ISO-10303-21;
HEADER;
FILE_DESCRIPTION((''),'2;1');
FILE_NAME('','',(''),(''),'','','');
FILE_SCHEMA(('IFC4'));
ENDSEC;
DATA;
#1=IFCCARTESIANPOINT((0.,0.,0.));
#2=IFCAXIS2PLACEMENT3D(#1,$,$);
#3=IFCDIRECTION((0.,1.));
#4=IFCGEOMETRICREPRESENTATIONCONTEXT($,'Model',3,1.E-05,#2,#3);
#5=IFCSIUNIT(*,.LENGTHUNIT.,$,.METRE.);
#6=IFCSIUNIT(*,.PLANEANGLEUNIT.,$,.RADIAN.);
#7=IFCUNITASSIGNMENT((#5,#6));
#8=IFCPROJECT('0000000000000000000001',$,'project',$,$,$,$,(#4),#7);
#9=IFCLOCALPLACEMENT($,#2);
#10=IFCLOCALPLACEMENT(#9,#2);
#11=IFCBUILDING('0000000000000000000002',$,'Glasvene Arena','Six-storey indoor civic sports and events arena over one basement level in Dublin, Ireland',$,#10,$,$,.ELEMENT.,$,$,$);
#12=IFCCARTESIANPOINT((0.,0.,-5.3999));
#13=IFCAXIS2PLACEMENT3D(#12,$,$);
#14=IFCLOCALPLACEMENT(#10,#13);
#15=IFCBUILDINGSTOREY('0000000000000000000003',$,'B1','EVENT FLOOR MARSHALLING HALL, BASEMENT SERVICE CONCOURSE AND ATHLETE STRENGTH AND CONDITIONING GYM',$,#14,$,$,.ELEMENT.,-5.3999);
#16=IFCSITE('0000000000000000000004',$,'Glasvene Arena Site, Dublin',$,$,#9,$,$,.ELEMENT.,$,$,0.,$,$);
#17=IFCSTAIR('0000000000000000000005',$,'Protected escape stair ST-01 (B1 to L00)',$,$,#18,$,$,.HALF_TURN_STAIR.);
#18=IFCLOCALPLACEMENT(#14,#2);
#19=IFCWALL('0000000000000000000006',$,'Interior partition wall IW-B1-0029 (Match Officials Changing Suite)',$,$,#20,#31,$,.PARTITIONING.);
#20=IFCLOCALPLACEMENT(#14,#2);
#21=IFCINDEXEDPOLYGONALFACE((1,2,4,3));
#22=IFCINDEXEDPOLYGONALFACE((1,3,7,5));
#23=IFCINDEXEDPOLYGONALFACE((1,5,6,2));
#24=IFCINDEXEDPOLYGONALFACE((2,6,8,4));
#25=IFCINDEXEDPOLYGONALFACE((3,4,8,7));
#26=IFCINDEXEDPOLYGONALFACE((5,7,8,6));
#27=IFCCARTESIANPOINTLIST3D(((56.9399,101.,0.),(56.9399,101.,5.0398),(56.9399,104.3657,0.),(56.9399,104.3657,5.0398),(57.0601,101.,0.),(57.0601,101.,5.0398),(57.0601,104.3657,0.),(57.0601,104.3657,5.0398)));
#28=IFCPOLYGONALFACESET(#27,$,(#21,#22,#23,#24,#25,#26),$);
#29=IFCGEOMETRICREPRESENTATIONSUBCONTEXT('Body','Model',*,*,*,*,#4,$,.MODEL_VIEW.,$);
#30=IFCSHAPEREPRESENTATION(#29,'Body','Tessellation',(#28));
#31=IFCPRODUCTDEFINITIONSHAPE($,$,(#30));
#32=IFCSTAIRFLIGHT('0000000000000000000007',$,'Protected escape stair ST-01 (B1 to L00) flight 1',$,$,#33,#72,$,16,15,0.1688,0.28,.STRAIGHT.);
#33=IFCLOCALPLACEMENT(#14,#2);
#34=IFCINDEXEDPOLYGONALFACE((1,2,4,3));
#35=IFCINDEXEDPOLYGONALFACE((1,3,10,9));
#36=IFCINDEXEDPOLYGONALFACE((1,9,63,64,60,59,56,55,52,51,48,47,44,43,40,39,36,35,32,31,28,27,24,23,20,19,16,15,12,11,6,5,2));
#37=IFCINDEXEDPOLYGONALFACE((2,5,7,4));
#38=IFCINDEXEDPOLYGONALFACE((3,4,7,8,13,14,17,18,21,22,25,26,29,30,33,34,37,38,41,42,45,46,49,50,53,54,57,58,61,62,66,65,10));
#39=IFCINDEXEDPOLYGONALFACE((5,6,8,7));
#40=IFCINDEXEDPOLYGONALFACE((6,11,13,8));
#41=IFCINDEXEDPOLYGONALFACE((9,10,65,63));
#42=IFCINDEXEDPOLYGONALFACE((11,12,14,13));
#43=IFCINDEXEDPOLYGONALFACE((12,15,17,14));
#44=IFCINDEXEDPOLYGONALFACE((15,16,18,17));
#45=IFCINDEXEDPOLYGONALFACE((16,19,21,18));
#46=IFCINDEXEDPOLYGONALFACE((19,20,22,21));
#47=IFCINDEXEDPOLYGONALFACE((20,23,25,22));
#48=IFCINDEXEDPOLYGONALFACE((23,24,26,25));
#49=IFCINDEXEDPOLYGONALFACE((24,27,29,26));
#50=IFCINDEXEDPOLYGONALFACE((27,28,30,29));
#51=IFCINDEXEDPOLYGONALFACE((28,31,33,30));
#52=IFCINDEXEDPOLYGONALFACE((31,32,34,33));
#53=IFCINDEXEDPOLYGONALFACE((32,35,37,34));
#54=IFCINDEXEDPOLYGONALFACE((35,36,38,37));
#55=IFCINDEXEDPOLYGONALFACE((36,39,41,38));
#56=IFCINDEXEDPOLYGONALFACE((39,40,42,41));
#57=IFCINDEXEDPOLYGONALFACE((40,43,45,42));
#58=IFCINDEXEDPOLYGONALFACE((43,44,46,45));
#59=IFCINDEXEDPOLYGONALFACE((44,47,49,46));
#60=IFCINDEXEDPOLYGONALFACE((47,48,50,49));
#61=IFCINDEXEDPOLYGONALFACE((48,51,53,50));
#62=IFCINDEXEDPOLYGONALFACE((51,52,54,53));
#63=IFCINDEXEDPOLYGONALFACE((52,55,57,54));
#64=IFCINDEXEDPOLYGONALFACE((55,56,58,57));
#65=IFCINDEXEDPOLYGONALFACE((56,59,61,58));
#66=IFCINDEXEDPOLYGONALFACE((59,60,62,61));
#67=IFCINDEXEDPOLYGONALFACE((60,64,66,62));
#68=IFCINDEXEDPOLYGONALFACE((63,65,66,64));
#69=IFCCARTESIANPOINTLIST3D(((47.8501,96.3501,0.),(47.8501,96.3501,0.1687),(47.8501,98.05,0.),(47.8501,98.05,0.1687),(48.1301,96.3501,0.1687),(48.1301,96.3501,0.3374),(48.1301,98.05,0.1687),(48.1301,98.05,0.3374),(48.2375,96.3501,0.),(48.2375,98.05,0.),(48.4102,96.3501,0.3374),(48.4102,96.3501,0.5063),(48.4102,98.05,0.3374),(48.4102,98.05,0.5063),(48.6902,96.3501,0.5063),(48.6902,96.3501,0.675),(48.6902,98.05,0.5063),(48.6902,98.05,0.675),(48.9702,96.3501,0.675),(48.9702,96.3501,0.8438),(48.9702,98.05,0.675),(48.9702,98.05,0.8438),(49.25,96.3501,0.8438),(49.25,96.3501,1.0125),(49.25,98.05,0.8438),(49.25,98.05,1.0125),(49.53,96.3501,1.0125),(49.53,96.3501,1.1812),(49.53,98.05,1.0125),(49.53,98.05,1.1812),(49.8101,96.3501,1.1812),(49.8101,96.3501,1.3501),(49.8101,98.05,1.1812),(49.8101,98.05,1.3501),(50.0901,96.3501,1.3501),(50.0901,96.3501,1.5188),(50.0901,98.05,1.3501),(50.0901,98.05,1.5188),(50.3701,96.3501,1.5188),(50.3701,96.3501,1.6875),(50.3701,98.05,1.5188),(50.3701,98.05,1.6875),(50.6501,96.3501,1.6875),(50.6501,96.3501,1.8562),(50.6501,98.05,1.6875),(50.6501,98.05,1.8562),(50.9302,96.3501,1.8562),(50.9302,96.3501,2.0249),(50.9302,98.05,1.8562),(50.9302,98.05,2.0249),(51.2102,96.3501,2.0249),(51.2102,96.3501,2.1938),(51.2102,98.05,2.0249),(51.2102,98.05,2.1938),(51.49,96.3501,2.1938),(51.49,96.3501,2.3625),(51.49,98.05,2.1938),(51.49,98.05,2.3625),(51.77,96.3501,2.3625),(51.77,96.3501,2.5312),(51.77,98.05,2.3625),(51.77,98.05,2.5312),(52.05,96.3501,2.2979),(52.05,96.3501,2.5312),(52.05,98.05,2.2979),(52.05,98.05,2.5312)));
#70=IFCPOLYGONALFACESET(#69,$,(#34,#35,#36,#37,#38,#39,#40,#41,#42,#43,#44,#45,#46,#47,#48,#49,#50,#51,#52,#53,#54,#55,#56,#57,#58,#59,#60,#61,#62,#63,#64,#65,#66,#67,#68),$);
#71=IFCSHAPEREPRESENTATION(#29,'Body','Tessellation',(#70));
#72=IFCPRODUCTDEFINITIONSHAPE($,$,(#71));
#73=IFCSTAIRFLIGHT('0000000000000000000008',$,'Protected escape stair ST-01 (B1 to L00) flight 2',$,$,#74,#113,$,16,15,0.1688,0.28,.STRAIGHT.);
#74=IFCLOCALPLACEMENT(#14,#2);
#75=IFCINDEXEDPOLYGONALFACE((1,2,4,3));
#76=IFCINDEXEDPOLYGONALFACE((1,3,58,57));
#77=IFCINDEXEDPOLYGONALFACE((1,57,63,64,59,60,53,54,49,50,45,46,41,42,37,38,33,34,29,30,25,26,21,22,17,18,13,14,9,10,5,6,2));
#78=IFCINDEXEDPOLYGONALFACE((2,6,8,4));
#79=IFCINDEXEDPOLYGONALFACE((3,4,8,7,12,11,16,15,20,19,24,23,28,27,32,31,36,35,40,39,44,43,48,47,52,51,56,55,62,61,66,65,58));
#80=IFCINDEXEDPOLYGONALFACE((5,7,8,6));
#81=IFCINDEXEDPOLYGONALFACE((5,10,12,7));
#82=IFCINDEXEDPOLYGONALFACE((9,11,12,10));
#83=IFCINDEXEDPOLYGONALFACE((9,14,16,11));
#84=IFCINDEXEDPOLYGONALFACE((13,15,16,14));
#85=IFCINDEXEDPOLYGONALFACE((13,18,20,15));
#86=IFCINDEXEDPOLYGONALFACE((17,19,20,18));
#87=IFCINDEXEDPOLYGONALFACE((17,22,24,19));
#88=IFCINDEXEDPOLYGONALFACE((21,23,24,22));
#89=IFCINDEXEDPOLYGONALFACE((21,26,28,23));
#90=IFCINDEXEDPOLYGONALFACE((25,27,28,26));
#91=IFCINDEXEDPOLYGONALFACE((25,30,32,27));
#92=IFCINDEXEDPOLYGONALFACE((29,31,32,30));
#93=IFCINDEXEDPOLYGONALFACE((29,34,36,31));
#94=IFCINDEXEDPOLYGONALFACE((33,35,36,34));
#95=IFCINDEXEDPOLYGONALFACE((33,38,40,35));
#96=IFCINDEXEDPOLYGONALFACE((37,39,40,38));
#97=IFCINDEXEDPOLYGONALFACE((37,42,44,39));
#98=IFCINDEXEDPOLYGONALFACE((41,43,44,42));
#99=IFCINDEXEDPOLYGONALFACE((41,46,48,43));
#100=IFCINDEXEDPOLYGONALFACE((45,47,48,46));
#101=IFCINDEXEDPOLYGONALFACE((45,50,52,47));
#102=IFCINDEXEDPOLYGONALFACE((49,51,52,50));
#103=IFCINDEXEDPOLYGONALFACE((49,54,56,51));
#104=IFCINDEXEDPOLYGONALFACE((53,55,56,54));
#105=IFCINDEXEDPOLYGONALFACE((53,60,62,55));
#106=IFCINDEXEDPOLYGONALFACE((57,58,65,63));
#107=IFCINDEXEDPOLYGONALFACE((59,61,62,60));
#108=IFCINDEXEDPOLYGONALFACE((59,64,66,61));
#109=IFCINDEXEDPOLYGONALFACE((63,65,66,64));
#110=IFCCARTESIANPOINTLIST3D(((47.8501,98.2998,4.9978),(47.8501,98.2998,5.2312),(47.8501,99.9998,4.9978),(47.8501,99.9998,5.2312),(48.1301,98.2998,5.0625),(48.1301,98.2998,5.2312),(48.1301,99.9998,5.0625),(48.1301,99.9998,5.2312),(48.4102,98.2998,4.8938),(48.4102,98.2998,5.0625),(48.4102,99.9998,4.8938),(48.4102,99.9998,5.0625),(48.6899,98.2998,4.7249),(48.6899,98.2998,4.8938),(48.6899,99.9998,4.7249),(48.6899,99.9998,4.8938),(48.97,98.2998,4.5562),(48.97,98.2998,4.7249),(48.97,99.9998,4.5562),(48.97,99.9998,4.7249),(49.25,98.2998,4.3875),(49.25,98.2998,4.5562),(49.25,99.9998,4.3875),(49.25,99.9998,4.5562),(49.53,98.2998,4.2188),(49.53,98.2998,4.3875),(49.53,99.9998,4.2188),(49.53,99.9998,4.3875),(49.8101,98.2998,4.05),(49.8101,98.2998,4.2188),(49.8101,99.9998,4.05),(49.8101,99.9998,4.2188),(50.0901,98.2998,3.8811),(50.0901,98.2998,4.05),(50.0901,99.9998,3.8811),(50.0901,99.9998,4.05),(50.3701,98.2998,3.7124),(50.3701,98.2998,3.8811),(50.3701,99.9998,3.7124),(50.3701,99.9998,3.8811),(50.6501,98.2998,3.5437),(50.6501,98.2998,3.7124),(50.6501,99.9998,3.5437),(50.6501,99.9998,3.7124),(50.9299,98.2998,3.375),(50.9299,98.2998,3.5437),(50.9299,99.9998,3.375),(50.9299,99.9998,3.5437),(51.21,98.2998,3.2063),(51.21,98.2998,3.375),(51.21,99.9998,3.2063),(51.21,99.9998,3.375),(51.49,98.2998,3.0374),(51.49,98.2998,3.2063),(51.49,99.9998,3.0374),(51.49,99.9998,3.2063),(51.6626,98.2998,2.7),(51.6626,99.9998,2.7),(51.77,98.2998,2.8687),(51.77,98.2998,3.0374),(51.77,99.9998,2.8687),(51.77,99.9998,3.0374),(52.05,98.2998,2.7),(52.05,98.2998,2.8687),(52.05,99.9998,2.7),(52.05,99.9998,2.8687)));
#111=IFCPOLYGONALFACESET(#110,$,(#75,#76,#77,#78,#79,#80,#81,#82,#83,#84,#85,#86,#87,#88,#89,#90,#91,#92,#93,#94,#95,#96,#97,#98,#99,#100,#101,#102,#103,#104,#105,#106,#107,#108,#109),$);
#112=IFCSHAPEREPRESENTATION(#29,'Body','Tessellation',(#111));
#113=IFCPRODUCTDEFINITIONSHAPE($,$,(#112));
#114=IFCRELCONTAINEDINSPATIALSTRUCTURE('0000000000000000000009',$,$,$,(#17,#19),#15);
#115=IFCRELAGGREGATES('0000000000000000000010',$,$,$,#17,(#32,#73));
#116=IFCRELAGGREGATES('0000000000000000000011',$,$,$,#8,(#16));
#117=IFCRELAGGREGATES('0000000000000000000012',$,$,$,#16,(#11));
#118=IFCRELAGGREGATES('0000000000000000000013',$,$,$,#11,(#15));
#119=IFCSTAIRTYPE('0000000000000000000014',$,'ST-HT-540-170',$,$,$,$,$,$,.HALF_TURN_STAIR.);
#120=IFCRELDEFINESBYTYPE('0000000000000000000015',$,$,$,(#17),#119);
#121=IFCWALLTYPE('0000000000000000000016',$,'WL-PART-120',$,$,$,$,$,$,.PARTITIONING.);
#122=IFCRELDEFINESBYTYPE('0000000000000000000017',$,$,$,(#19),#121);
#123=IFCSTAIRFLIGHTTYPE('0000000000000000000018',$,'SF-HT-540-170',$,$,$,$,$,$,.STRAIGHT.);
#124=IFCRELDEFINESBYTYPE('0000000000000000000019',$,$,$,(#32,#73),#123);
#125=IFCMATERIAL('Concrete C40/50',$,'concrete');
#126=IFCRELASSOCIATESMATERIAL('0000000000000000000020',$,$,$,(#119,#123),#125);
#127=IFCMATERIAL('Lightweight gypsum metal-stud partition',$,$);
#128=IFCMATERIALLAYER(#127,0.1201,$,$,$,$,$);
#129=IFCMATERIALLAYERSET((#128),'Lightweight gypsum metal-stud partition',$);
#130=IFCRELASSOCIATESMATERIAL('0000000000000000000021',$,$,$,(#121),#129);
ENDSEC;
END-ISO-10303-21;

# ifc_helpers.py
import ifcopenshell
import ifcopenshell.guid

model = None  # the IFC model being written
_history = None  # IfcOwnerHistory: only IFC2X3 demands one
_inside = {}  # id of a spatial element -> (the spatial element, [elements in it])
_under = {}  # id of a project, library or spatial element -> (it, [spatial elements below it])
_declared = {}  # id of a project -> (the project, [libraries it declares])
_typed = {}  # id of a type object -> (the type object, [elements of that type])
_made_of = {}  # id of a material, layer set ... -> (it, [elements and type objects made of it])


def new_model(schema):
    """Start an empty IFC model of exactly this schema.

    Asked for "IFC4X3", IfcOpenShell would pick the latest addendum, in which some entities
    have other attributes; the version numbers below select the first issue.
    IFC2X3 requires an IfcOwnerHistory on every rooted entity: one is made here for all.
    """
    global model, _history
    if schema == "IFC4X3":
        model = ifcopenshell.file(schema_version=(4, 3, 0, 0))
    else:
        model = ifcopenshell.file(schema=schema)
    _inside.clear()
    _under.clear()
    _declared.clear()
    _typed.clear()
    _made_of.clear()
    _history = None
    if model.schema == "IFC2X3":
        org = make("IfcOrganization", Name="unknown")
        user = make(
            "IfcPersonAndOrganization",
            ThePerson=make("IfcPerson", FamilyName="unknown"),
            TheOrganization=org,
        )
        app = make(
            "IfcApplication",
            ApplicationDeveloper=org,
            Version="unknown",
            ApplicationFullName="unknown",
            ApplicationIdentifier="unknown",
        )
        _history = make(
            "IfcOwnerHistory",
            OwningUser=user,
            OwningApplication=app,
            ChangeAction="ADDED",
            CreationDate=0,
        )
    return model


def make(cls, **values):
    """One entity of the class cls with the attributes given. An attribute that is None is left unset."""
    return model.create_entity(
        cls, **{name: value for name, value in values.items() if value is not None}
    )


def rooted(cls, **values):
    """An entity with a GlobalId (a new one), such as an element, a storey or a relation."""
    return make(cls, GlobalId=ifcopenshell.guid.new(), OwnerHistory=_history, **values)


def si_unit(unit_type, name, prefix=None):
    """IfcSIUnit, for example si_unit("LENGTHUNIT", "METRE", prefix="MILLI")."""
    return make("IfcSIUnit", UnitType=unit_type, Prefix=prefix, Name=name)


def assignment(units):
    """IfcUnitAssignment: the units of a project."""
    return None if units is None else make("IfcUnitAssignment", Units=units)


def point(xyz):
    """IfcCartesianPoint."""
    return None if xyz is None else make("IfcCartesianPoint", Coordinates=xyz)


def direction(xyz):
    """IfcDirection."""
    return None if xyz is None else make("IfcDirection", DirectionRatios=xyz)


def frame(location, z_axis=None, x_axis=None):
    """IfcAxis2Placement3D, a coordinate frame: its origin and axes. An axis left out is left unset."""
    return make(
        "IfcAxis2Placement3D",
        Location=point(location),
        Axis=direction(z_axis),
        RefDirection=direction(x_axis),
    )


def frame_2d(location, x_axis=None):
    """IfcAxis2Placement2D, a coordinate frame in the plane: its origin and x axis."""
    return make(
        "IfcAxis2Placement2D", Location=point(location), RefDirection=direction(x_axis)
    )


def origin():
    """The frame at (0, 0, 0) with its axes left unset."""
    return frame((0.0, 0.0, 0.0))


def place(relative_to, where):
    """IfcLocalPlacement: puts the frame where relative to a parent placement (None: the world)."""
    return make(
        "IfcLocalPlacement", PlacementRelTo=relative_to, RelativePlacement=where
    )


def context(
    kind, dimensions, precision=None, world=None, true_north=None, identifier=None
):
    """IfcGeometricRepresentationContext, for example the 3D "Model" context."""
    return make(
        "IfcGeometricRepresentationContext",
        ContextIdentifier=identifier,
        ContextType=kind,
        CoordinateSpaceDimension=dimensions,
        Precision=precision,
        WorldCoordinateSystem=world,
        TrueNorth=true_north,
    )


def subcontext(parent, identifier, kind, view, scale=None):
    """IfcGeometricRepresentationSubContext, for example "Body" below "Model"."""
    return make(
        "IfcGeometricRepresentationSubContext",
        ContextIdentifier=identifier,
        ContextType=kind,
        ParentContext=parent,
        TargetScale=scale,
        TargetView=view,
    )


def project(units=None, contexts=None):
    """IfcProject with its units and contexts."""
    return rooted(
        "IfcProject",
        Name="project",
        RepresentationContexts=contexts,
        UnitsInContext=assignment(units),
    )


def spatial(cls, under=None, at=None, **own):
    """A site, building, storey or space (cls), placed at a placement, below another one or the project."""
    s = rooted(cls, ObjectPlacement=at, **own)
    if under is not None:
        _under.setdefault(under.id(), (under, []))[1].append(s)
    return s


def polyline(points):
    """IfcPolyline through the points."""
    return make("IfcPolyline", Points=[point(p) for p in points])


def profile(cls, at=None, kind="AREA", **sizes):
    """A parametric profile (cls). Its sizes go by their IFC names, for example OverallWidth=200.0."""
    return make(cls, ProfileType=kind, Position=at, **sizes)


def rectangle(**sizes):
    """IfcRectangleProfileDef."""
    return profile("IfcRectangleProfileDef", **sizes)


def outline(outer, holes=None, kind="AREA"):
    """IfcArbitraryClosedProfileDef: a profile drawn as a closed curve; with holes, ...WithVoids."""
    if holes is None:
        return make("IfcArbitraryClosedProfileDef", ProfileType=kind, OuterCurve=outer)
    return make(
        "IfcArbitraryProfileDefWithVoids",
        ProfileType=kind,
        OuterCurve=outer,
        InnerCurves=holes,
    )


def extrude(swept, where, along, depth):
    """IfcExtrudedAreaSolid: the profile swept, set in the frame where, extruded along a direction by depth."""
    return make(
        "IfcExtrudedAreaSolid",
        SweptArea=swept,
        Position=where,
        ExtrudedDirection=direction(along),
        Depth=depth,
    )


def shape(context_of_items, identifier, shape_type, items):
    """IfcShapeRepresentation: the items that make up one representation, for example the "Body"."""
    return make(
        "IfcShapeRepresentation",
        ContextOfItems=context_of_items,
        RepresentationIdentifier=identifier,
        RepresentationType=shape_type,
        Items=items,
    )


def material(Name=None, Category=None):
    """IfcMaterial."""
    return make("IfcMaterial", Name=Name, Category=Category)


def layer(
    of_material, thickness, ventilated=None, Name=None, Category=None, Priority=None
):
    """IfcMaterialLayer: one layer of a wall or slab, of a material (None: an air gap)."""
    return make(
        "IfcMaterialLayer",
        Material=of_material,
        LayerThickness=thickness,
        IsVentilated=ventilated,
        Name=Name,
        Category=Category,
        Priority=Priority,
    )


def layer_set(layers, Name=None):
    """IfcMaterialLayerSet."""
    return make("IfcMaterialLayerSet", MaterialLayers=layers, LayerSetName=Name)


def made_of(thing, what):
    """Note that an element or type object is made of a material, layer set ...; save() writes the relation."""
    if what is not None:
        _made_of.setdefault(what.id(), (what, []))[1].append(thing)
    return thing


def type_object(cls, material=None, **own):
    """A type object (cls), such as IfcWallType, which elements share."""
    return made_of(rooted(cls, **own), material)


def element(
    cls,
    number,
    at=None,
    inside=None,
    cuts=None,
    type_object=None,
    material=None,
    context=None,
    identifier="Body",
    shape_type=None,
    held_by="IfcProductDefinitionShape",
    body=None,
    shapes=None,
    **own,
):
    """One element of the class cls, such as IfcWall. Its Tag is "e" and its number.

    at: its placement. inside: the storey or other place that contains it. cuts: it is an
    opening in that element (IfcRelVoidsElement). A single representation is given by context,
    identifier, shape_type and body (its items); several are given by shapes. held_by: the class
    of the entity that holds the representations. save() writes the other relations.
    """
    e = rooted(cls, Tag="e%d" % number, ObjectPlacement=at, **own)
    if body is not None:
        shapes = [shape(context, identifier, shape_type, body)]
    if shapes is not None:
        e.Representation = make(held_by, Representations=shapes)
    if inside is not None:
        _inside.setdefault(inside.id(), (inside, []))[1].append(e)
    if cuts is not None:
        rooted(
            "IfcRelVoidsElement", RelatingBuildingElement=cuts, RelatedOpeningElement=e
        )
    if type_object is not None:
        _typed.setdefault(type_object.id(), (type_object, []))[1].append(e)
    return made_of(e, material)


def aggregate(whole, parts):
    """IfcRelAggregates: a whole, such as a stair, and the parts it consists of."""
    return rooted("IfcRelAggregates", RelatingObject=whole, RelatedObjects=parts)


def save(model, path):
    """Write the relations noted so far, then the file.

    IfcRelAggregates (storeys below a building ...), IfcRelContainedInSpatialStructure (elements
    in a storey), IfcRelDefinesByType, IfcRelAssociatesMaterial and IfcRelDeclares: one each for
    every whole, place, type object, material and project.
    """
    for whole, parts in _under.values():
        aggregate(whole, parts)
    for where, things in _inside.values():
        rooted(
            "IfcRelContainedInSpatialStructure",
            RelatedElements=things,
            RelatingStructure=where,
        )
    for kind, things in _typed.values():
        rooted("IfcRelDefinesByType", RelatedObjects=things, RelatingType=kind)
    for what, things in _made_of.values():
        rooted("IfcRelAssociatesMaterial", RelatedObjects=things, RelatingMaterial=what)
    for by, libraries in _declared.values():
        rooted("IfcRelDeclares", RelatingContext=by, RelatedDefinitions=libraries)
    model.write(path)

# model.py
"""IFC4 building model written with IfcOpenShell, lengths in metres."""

from ifc_helpers import new_model, si_unit, direction, frame, frame_2d, origin, place, context, subcontext, project, spatial, polyline, rectangle, outline, extrude, material, layer, layer_set, type_object, element, aggregate, save


model = new_model("IFC4")

# Units and contexts
model_context = context("Model", 3, precision=1e-05, world=origin(), true_north=direction((0.0, 1.0)))
body_context = subcontext(model_context, "Body", "Model", "MODEL_VIEW")
ifc_project = project(units=[si_unit("LENGTHUNIT", "METRE"), si_unit("PLANEANGLEUNIT", "RADIAN")], contexts=[model_context])

# Site, building, storey
site_placement = place(None, origin())
site = spatial("IfcSite", under=ifc_project, at=site_placement, Name="Glasvene Arena Site, Dublin", CompositionType="ELEMENT", RefElevation=0.0)
building_placement = place(site_placement, origin())
building = spatial("IfcBuilding", under=site, at=building_placement, Name="Glasvene Arena", Description="Six-storey indoor civic sports and events arena over one basement level in Dublin, Ireland", CompositionType="ELEMENT")
storey_placement = place(building_placement, frame((0.0, 0.0, -5.3999)))
storey = spatial("IfcBuildingStorey", under=building, at=storey_placement, Name="B1", Description="EVENT FLOOR MARSHALLING HALL, BASEMENT SERVICE CONCOURSE AND ATHLETE STRENGTH AND CONDITIONING GYM", CompositionType="ELEMENT", Elevation=-5.3999)

# Shared definitions
ifc_material_1 = material(Name="Concrete C40/50", Category="concrete")

# Stair
stair_type = type_object("IfcStairType", Name="ST-HT-540-170", PredefinedType="HALF_TURN_STAIR", material=ifc_material_1)
stair_placement = place(storey_placement, origin())
stair = element("IfcStair", 1, at=stair_placement, inside=storey, type_object=stair_type, Name="Protected escape stair ST-01 (B1 to L00)", PredefinedType="HALF_TURN_STAIR")

# Wall
ifc_material_2 = material(Name="Lightweight gypsum metal-stud partition")
ifc_layer_1 = layer(ifc_material_2, 0.1201)
ifc_layer_set_1 = layer_set([ifc_layer_1], Name="Lightweight gypsum metal-stud partition")
wall_type_1 = type_object("IfcWallType", Name="WL-PART-120", PredefinedType="PARTITIONING", material=ifc_layer_set_1)
wall_1_placement = place(storey_placement, frame((57.0, 101.0, 0.0), z_axis=(0.0, 0.0, 1.0), x_axis=(0.0, 1.0, 0.0)))
element("IfcWall", 2, at=wall_1_placement, inside=storey, type_object=wall_type_1, Name="Interior partition wall IW-B1-0029 (Match Officials Changing Suite)", PredefinedType="PARTITIONING", context=body_context, shape_type="SweptSolid", body=[
    extrude(rectangle(XDim=3.3657, YDim=0.1201, at=frame_2d((1.6829, 0.0))), origin(), (0.0, 0.0, 1.0), 5.0398),
])

# Stair flights
stair_flight_type = type_object("IfcStairFlightType", Name="SF-HT-540-170", PredefinedType="STRAIGHT", material=ifc_material_1)
stair_flight_1_placement = place(storey_placement, frame((47.8501, 97.2, 0.0), z_axis=(0.0, 0.0, 1.0), x_axis=(1.0, 0.0, 0.0)))
stair_flight_1 = element("IfcStairFlight", 3, at=stair_flight_1_placement, type_object=stair_flight_type, Name="Protected escape stair ST-01 (B1 to L00) flight 1", NumberOfRisers=16, NumberOfTreads=15, PredefinedType="STRAIGHT", RiserHeight=0.1688, TreadLength=0.28, context=body_context, shape_type="SweptSolid", body=[
    extrude(outline(polyline([(0.0, 0.0), (0.0, 0.1687), (0.28, 0.1687), (0.28, 0.3374), (0.5601, 0.3374), (0.5601, 0.5063), (0.8401, 0.5063), (0.8401, 0.675), (1.1201, 0.675), (1.1201, 0.8438), (1.3999, 0.8438), (1.3999, 1.0125), (1.6799, 1.0125), (1.6799, 1.1812), (1.96, 1.1812), (1.96, 1.3501), (2.24, 1.3501), (2.24, 1.5188), (2.52, 1.5188), (2.52, 1.6875), (2.8, 1.6875), (2.8, 1.8562), (3.0801, 1.8562), (3.0801, 2.0249), (3.3601, 2.0249), (3.3601, 2.1938), (3.6399, 2.1938), (3.6399, 2.3625), (3.9199, 2.3625), (3.9199, 2.5312), (4.2, 2.5312), (4.2, 2.7), (4.2, 2.2979), (0.3875, 0.0), (0.0, 0.0)])), frame((0.0, 0.8501, 0.0), z_axis=(0.0, -1.0, 0.0), x_axis=(1.0, 0.0, 0.0)), (0.0, 0.0, 1.0), 1.7),
])
stair_flight_2_placement = place(storey_placement, frame((52.05, 99.1499, 2.7), z_axis=(0.0, 0.0, 1.0), x_axis=(-1.0, 0.0, 0.0)))
stair_flight_2 = element("IfcStairFlight", 4, at=stair_flight_2_placement, type_object=stair_flight_type, Name="Protected escape stair ST-01 (B1 to L00) flight 2", NumberOfRisers=16, NumberOfTreads=15, PredefinedType="STRAIGHT", RiserHeight=0.1688, TreadLength=0.28, context=body_context, shape_type="SweptSolid", body=[
    extrude(outline(polyline([(0.0, 0.0), (0.0, 0.1687), (0.28, 0.1687), (0.28, 0.3374), (0.5601, 0.3374), (0.5601, 0.5063), (0.8401, 0.5063), (0.8401, 0.675), (1.1201, 0.675), (1.1201, 0.8438), (1.3999, 0.8438), (1.3999, 1.0125), (1.6799, 1.0125), (1.6799, 1.1812), (1.96, 1.1812), (1.96, 1.3501), (2.24, 1.3501), (2.24, 1.5188), (2.52, 1.5188), (2.52, 1.6875), (2.8, 1.6875), (2.8, 1.8562), (3.0801, 1.8562), (3.0801, 2.0249), (3.3601, 2.0249), (3.3601, 2.1938), (3.6399, 2.1938), (3.6399, 2.3625), (3.9199, 2.3625), (3.9199, 2.5312), (4.2, 2.5312), (4.2, 2.7), (4.2, 2.2979), (0.3875, 0.0), (0.0, 0.0)])), frame((0.0, 0.8501, 0.0), z_axis=(0.0, -1.0, 0.0), x_axis=(1.0, 0.0, 0.0)), (0.0, 0.0, 1.0), 1.7),
])
aggregate(stair, [stair_flight_1, stair_flight_2])

save(model, "model.ifc")
